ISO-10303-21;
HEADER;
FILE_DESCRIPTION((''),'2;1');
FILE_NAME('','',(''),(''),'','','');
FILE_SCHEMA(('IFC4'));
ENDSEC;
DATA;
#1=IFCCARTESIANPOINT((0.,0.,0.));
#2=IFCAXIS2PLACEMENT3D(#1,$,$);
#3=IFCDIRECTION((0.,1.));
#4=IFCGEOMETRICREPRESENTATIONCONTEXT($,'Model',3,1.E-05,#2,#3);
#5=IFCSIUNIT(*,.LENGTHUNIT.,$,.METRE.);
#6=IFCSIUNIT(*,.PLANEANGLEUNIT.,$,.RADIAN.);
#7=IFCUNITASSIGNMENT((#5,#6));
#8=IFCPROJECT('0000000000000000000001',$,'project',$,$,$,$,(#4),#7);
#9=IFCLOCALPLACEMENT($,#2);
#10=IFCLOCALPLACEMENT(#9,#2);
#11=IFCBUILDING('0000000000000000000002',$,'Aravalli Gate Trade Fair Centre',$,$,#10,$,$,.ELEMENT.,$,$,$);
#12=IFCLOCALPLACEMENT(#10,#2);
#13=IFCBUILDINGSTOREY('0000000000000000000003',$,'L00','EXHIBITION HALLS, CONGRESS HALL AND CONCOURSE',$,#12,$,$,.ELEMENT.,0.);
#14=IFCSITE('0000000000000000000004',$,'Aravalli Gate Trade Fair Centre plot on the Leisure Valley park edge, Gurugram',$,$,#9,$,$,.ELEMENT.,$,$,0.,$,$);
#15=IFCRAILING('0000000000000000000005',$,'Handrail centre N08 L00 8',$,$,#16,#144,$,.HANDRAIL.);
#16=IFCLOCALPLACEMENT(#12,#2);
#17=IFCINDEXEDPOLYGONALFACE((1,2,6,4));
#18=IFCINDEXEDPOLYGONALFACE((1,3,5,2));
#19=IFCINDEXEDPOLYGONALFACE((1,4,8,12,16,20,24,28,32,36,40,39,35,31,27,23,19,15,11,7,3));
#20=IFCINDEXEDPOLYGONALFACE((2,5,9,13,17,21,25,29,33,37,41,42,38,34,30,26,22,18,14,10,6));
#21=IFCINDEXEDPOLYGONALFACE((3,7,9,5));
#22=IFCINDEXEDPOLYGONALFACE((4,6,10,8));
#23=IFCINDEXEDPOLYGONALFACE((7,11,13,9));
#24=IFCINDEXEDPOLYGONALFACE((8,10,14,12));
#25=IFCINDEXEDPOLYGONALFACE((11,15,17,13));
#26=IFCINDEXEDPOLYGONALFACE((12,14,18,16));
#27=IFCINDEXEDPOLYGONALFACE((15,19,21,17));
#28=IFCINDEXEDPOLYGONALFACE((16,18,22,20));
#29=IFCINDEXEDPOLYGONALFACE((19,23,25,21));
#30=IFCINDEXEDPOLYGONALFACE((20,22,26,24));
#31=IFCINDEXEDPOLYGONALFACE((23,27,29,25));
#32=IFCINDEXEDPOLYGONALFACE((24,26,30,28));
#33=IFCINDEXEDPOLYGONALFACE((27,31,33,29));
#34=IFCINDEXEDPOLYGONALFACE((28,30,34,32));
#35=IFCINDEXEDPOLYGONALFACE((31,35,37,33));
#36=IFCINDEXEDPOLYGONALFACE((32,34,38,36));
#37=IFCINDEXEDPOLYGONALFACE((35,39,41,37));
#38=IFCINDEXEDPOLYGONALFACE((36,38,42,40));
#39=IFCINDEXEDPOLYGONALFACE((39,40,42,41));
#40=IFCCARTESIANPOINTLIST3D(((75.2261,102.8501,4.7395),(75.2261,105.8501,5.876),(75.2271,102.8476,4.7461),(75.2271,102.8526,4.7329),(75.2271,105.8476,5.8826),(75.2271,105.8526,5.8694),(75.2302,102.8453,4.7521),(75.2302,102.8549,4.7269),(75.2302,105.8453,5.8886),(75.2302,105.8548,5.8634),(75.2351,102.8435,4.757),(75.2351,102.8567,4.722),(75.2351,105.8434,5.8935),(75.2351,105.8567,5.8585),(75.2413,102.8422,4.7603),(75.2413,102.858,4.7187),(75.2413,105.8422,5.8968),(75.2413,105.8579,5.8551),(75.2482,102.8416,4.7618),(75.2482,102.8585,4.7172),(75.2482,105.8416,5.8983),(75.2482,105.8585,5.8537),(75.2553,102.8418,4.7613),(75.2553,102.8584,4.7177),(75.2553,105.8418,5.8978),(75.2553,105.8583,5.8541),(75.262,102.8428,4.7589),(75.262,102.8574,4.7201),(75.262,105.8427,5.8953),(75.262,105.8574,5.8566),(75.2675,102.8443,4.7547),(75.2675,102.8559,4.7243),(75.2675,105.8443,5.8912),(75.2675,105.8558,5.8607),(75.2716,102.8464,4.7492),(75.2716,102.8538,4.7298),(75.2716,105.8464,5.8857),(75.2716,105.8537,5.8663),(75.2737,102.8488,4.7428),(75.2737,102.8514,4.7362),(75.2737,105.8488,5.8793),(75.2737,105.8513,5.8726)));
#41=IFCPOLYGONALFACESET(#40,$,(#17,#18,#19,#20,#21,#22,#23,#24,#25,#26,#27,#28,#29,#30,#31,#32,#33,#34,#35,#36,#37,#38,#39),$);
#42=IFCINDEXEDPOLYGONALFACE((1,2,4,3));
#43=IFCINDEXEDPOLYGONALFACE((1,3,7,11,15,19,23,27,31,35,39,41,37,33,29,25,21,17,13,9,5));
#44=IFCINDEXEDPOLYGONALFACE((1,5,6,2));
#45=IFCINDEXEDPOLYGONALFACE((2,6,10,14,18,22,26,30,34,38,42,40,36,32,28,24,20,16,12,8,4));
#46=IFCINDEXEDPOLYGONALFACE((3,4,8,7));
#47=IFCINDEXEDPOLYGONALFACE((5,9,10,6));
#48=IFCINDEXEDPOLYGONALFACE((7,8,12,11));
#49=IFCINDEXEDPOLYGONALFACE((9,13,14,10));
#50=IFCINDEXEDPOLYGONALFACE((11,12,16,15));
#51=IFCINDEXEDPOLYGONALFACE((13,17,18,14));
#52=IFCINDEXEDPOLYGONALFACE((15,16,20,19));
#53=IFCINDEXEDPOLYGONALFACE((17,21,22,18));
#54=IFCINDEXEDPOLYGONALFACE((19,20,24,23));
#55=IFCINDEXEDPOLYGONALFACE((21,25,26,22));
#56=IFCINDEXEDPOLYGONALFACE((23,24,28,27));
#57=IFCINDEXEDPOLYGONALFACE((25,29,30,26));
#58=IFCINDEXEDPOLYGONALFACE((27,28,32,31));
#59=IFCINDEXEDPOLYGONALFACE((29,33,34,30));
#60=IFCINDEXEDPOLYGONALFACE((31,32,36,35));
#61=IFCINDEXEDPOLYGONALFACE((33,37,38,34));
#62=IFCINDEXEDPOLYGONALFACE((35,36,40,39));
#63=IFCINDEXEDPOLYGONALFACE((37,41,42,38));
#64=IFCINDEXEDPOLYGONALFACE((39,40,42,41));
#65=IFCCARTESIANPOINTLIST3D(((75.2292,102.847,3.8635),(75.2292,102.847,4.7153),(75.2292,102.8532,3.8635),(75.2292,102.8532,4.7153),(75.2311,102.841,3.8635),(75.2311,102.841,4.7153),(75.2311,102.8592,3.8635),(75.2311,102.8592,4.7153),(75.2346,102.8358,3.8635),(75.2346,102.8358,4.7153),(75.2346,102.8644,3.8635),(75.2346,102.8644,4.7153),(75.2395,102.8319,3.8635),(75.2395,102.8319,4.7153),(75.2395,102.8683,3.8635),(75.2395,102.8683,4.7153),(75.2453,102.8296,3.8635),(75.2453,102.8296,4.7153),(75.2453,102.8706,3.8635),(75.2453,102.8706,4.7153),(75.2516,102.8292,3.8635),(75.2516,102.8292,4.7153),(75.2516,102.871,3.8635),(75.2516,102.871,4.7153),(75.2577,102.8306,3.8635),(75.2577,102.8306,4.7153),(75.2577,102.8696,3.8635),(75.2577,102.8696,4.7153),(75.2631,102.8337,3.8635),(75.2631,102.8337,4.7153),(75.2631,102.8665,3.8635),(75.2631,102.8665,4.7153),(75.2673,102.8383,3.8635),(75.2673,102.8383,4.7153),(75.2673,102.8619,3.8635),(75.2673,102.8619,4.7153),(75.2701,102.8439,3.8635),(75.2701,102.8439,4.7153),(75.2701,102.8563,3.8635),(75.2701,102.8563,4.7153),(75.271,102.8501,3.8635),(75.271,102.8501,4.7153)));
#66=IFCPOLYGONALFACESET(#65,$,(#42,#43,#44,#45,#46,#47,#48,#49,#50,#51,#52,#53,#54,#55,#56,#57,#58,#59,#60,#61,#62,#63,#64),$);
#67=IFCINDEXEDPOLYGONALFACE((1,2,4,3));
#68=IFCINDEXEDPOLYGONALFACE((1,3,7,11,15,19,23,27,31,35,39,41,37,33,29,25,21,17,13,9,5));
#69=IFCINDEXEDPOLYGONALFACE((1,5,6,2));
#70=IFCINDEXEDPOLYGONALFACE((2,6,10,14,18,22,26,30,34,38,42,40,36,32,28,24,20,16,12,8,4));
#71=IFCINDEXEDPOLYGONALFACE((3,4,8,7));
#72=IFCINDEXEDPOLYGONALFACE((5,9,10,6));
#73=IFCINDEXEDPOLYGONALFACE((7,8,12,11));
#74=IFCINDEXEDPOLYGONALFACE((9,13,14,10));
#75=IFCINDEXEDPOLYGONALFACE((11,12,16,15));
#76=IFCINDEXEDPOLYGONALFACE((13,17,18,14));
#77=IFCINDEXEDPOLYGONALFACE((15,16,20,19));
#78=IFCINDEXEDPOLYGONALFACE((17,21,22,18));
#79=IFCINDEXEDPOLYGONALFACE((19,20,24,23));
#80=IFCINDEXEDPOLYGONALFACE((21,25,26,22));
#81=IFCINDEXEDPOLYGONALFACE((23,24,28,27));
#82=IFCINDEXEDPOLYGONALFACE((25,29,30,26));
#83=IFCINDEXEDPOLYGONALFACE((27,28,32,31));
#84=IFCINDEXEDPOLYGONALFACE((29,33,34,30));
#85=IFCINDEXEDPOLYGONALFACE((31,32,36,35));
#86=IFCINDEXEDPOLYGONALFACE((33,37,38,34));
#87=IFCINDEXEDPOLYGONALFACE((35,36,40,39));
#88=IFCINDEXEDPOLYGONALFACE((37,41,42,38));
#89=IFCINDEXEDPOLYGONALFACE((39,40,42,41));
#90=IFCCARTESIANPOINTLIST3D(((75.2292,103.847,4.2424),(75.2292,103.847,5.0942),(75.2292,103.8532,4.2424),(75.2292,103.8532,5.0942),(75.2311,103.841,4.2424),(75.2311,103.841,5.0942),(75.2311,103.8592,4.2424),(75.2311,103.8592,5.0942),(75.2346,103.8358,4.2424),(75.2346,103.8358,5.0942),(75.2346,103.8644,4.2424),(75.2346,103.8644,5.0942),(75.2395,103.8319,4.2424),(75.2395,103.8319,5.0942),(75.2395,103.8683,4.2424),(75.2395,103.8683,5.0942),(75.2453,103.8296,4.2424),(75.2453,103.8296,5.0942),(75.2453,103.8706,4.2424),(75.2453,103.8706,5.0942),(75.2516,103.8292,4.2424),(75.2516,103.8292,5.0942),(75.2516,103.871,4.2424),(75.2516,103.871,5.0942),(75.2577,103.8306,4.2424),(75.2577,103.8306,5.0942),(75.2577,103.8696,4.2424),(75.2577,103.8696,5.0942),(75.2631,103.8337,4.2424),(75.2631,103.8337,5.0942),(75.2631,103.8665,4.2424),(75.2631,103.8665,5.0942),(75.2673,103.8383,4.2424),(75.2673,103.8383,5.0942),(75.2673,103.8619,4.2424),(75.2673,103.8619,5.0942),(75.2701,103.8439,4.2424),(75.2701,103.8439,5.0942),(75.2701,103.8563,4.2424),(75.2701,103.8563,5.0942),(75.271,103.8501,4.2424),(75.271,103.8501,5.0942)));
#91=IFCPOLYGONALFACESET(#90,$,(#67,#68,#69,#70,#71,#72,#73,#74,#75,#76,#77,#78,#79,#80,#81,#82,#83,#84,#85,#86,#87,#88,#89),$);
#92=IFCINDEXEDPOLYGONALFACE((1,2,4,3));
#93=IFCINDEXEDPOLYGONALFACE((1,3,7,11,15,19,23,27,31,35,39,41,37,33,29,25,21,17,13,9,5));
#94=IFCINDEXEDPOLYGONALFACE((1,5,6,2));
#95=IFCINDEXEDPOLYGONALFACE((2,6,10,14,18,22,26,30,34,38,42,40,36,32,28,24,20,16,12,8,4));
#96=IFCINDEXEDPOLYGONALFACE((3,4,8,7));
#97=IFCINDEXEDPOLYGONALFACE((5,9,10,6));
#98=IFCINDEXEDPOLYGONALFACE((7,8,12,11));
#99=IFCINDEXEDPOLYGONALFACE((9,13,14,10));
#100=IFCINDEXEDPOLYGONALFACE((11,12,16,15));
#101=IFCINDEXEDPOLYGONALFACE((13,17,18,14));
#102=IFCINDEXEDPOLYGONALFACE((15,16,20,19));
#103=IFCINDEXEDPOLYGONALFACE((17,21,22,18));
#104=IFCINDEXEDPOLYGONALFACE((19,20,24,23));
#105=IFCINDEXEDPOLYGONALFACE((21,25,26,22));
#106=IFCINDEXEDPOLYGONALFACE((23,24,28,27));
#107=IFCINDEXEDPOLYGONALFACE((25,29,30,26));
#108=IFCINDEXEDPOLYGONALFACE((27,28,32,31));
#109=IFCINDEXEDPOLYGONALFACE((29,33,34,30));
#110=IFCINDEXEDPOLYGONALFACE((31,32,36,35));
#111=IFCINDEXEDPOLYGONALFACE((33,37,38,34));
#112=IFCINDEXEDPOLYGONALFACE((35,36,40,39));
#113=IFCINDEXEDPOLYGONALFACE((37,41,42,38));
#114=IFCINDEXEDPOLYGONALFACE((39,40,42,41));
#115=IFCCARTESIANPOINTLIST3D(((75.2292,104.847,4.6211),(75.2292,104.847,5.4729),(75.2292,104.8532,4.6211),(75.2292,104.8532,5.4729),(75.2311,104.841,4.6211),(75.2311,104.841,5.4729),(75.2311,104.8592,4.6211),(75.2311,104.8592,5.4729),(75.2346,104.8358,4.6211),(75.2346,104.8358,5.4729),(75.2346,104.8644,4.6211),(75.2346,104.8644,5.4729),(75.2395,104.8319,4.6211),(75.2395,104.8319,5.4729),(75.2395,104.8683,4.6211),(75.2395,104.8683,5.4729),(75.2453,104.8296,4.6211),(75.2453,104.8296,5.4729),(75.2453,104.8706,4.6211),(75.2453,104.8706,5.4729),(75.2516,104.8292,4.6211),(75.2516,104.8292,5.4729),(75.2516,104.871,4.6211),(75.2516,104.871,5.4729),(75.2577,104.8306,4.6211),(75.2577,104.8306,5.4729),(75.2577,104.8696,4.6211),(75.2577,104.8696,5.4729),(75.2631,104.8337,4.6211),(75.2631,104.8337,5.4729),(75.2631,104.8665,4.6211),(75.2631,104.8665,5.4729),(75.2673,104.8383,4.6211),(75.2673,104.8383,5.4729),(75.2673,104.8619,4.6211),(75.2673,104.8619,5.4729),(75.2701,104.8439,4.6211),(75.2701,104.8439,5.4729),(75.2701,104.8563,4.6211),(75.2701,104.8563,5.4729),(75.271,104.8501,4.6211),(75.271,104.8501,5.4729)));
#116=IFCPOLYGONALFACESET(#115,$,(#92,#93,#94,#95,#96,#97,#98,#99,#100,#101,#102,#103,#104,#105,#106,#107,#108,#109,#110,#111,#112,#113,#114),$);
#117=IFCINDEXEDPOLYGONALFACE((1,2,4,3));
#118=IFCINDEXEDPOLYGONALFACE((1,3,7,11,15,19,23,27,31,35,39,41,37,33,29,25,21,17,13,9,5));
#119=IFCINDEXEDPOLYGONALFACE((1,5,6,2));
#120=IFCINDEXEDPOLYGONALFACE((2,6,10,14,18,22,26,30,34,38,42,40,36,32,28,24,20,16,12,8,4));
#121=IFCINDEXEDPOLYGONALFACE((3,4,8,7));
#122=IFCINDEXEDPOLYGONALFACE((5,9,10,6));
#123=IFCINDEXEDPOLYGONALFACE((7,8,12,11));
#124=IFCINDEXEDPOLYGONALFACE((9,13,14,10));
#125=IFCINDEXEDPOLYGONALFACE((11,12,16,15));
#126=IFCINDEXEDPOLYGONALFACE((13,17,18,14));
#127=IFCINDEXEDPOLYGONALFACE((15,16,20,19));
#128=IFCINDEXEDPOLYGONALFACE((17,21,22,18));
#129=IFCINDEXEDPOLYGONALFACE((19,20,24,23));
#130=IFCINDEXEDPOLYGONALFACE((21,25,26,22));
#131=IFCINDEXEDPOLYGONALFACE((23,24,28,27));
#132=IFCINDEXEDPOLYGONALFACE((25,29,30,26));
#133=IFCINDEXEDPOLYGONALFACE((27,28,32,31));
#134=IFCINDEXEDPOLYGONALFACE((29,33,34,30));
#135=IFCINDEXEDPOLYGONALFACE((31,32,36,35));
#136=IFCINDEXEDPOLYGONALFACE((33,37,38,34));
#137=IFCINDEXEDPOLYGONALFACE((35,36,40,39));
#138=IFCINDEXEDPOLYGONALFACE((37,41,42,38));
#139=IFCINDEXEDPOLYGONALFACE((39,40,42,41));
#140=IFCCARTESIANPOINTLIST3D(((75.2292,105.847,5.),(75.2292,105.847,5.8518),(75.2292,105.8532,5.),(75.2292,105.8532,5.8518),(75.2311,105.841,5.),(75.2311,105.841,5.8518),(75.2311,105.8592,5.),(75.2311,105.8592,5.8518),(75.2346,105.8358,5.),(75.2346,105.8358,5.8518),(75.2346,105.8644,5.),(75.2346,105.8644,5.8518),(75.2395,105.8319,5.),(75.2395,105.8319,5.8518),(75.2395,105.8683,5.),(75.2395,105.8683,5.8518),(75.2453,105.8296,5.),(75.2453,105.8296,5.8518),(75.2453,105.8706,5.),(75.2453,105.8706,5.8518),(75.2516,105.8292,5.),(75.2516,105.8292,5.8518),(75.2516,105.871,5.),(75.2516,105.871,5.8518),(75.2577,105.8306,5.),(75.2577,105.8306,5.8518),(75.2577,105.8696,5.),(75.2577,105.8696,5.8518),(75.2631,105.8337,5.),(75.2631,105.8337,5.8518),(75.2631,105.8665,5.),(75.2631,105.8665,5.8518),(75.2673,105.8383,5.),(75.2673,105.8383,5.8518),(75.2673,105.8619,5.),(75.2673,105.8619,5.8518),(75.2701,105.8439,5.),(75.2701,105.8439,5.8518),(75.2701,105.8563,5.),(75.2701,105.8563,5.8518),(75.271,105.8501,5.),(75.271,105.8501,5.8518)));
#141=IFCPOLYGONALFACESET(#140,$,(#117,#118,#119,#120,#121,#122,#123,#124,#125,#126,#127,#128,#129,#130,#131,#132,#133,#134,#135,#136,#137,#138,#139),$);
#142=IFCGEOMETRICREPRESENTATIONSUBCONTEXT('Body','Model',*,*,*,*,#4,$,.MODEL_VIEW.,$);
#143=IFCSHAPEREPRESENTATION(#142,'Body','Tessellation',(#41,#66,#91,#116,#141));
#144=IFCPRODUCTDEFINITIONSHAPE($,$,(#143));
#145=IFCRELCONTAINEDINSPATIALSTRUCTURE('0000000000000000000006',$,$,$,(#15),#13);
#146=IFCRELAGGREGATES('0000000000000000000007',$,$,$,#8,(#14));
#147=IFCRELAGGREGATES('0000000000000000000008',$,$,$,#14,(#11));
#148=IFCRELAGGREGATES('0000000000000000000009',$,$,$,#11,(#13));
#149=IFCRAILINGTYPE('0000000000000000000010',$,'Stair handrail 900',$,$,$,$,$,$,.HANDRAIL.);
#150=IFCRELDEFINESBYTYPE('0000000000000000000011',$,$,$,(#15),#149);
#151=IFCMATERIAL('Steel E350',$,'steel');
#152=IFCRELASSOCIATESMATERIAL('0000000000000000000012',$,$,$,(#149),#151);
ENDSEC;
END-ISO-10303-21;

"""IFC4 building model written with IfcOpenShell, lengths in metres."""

from ifc_helpers import new_model, si_unit, direction, frame, origin, origin_2d, place, context, subcontext, project, spatial, circle, extrude, material, type_object, element, save


model = new_model("IFC4")

# Units and contexts
model_context = context("Model", 3, precision=1e-05, world=origin(), true_north=direction((0.0, 1.0)))
body_context = subcontext(model_context, "Body", "Model", "MODEL_VIEW")
ifc_project = project(units=[si_unit("LENGTHUNIT", "METRE"), si_unit("PLANEANGLEUNIT", "RADIAN")], contexts=[model_context])

# Site, building, storey
site_placement = place(None, origin())
site = spatial("IfcSite", under=ifc_project, at=site_placement, Name="Aravalli Gate Trade Fair Centre plot on the Leisure Valley park edge, Gurugram", CompositionType="ELEMENT", RefElevation=0.0)
building_placement = place(site_placement, origin())
building = spatial("IfcBuilding", under=site, at=building_placement, Name="Aravalli Gate Trade Fair Centre", CompositionType="ELEMENT")
storey_placement = place(building_placement, origin())
storey = spatial("IfcBuildingStorey", under=building, at=storey_placement, Name="L00", Description="EXHIBITION HALLS, CONGRESS HALL AND CONCOURSE", CompositionType="ELEMENT", Elevation=0.0)

# Railing
ifc_material_1 = material(Name="Steel E350", Category="steel")
railing_type = type_object("IfcRailingType", Name="Stair handrail 900", PredefinedType="HANDRAIL", material=ifc_material_1)
for number, where, name in (
    (1, (75.25, 102.8501, 3.8635), "Handrail centre N08 L00 8"),
):
    element("IfcRailing", number, at=place(storey_placement, frame(where)), inside=storey, type_object=railing_type, Name=name, PredefinedType="HANDRAIL", context=body_context, shape_type="SweptSolid", body=[
        extrude(circle(Radius=0.0239, at=origin_2d()), frame((0.0, 0.0, 0.876), z_axis=(0.0, 0.935148, 0.354257), x_axis=(-1.0, 0.0, 0.0)), (0.0, 0.0, 1.0), 3.208),
        extrude(circle(Radius=0.021, at=origin_2d()), origin(), (0.0, 0.0, 1.0), 0.8518),
        extrude(circle(Radius=0.021, at=origin_2d()), frame((0.0, 1.0, 0.3789)), (0.0, 0.0, 1.0), 0.8518),
        extrude(circle(Radius=0.021, at=origin_2d()), frame((0.0, 2.0, 0.7576)), (0.0, 0.0, 1.0), 0.8518),
        extrude(circle(Radius=0.021, at=origin_2d()), frame((0.0, 3.0, 1.1365)), (0.0, 0.0, 1.0), 0.8518),
    ])

save(model, "model.ifc")
